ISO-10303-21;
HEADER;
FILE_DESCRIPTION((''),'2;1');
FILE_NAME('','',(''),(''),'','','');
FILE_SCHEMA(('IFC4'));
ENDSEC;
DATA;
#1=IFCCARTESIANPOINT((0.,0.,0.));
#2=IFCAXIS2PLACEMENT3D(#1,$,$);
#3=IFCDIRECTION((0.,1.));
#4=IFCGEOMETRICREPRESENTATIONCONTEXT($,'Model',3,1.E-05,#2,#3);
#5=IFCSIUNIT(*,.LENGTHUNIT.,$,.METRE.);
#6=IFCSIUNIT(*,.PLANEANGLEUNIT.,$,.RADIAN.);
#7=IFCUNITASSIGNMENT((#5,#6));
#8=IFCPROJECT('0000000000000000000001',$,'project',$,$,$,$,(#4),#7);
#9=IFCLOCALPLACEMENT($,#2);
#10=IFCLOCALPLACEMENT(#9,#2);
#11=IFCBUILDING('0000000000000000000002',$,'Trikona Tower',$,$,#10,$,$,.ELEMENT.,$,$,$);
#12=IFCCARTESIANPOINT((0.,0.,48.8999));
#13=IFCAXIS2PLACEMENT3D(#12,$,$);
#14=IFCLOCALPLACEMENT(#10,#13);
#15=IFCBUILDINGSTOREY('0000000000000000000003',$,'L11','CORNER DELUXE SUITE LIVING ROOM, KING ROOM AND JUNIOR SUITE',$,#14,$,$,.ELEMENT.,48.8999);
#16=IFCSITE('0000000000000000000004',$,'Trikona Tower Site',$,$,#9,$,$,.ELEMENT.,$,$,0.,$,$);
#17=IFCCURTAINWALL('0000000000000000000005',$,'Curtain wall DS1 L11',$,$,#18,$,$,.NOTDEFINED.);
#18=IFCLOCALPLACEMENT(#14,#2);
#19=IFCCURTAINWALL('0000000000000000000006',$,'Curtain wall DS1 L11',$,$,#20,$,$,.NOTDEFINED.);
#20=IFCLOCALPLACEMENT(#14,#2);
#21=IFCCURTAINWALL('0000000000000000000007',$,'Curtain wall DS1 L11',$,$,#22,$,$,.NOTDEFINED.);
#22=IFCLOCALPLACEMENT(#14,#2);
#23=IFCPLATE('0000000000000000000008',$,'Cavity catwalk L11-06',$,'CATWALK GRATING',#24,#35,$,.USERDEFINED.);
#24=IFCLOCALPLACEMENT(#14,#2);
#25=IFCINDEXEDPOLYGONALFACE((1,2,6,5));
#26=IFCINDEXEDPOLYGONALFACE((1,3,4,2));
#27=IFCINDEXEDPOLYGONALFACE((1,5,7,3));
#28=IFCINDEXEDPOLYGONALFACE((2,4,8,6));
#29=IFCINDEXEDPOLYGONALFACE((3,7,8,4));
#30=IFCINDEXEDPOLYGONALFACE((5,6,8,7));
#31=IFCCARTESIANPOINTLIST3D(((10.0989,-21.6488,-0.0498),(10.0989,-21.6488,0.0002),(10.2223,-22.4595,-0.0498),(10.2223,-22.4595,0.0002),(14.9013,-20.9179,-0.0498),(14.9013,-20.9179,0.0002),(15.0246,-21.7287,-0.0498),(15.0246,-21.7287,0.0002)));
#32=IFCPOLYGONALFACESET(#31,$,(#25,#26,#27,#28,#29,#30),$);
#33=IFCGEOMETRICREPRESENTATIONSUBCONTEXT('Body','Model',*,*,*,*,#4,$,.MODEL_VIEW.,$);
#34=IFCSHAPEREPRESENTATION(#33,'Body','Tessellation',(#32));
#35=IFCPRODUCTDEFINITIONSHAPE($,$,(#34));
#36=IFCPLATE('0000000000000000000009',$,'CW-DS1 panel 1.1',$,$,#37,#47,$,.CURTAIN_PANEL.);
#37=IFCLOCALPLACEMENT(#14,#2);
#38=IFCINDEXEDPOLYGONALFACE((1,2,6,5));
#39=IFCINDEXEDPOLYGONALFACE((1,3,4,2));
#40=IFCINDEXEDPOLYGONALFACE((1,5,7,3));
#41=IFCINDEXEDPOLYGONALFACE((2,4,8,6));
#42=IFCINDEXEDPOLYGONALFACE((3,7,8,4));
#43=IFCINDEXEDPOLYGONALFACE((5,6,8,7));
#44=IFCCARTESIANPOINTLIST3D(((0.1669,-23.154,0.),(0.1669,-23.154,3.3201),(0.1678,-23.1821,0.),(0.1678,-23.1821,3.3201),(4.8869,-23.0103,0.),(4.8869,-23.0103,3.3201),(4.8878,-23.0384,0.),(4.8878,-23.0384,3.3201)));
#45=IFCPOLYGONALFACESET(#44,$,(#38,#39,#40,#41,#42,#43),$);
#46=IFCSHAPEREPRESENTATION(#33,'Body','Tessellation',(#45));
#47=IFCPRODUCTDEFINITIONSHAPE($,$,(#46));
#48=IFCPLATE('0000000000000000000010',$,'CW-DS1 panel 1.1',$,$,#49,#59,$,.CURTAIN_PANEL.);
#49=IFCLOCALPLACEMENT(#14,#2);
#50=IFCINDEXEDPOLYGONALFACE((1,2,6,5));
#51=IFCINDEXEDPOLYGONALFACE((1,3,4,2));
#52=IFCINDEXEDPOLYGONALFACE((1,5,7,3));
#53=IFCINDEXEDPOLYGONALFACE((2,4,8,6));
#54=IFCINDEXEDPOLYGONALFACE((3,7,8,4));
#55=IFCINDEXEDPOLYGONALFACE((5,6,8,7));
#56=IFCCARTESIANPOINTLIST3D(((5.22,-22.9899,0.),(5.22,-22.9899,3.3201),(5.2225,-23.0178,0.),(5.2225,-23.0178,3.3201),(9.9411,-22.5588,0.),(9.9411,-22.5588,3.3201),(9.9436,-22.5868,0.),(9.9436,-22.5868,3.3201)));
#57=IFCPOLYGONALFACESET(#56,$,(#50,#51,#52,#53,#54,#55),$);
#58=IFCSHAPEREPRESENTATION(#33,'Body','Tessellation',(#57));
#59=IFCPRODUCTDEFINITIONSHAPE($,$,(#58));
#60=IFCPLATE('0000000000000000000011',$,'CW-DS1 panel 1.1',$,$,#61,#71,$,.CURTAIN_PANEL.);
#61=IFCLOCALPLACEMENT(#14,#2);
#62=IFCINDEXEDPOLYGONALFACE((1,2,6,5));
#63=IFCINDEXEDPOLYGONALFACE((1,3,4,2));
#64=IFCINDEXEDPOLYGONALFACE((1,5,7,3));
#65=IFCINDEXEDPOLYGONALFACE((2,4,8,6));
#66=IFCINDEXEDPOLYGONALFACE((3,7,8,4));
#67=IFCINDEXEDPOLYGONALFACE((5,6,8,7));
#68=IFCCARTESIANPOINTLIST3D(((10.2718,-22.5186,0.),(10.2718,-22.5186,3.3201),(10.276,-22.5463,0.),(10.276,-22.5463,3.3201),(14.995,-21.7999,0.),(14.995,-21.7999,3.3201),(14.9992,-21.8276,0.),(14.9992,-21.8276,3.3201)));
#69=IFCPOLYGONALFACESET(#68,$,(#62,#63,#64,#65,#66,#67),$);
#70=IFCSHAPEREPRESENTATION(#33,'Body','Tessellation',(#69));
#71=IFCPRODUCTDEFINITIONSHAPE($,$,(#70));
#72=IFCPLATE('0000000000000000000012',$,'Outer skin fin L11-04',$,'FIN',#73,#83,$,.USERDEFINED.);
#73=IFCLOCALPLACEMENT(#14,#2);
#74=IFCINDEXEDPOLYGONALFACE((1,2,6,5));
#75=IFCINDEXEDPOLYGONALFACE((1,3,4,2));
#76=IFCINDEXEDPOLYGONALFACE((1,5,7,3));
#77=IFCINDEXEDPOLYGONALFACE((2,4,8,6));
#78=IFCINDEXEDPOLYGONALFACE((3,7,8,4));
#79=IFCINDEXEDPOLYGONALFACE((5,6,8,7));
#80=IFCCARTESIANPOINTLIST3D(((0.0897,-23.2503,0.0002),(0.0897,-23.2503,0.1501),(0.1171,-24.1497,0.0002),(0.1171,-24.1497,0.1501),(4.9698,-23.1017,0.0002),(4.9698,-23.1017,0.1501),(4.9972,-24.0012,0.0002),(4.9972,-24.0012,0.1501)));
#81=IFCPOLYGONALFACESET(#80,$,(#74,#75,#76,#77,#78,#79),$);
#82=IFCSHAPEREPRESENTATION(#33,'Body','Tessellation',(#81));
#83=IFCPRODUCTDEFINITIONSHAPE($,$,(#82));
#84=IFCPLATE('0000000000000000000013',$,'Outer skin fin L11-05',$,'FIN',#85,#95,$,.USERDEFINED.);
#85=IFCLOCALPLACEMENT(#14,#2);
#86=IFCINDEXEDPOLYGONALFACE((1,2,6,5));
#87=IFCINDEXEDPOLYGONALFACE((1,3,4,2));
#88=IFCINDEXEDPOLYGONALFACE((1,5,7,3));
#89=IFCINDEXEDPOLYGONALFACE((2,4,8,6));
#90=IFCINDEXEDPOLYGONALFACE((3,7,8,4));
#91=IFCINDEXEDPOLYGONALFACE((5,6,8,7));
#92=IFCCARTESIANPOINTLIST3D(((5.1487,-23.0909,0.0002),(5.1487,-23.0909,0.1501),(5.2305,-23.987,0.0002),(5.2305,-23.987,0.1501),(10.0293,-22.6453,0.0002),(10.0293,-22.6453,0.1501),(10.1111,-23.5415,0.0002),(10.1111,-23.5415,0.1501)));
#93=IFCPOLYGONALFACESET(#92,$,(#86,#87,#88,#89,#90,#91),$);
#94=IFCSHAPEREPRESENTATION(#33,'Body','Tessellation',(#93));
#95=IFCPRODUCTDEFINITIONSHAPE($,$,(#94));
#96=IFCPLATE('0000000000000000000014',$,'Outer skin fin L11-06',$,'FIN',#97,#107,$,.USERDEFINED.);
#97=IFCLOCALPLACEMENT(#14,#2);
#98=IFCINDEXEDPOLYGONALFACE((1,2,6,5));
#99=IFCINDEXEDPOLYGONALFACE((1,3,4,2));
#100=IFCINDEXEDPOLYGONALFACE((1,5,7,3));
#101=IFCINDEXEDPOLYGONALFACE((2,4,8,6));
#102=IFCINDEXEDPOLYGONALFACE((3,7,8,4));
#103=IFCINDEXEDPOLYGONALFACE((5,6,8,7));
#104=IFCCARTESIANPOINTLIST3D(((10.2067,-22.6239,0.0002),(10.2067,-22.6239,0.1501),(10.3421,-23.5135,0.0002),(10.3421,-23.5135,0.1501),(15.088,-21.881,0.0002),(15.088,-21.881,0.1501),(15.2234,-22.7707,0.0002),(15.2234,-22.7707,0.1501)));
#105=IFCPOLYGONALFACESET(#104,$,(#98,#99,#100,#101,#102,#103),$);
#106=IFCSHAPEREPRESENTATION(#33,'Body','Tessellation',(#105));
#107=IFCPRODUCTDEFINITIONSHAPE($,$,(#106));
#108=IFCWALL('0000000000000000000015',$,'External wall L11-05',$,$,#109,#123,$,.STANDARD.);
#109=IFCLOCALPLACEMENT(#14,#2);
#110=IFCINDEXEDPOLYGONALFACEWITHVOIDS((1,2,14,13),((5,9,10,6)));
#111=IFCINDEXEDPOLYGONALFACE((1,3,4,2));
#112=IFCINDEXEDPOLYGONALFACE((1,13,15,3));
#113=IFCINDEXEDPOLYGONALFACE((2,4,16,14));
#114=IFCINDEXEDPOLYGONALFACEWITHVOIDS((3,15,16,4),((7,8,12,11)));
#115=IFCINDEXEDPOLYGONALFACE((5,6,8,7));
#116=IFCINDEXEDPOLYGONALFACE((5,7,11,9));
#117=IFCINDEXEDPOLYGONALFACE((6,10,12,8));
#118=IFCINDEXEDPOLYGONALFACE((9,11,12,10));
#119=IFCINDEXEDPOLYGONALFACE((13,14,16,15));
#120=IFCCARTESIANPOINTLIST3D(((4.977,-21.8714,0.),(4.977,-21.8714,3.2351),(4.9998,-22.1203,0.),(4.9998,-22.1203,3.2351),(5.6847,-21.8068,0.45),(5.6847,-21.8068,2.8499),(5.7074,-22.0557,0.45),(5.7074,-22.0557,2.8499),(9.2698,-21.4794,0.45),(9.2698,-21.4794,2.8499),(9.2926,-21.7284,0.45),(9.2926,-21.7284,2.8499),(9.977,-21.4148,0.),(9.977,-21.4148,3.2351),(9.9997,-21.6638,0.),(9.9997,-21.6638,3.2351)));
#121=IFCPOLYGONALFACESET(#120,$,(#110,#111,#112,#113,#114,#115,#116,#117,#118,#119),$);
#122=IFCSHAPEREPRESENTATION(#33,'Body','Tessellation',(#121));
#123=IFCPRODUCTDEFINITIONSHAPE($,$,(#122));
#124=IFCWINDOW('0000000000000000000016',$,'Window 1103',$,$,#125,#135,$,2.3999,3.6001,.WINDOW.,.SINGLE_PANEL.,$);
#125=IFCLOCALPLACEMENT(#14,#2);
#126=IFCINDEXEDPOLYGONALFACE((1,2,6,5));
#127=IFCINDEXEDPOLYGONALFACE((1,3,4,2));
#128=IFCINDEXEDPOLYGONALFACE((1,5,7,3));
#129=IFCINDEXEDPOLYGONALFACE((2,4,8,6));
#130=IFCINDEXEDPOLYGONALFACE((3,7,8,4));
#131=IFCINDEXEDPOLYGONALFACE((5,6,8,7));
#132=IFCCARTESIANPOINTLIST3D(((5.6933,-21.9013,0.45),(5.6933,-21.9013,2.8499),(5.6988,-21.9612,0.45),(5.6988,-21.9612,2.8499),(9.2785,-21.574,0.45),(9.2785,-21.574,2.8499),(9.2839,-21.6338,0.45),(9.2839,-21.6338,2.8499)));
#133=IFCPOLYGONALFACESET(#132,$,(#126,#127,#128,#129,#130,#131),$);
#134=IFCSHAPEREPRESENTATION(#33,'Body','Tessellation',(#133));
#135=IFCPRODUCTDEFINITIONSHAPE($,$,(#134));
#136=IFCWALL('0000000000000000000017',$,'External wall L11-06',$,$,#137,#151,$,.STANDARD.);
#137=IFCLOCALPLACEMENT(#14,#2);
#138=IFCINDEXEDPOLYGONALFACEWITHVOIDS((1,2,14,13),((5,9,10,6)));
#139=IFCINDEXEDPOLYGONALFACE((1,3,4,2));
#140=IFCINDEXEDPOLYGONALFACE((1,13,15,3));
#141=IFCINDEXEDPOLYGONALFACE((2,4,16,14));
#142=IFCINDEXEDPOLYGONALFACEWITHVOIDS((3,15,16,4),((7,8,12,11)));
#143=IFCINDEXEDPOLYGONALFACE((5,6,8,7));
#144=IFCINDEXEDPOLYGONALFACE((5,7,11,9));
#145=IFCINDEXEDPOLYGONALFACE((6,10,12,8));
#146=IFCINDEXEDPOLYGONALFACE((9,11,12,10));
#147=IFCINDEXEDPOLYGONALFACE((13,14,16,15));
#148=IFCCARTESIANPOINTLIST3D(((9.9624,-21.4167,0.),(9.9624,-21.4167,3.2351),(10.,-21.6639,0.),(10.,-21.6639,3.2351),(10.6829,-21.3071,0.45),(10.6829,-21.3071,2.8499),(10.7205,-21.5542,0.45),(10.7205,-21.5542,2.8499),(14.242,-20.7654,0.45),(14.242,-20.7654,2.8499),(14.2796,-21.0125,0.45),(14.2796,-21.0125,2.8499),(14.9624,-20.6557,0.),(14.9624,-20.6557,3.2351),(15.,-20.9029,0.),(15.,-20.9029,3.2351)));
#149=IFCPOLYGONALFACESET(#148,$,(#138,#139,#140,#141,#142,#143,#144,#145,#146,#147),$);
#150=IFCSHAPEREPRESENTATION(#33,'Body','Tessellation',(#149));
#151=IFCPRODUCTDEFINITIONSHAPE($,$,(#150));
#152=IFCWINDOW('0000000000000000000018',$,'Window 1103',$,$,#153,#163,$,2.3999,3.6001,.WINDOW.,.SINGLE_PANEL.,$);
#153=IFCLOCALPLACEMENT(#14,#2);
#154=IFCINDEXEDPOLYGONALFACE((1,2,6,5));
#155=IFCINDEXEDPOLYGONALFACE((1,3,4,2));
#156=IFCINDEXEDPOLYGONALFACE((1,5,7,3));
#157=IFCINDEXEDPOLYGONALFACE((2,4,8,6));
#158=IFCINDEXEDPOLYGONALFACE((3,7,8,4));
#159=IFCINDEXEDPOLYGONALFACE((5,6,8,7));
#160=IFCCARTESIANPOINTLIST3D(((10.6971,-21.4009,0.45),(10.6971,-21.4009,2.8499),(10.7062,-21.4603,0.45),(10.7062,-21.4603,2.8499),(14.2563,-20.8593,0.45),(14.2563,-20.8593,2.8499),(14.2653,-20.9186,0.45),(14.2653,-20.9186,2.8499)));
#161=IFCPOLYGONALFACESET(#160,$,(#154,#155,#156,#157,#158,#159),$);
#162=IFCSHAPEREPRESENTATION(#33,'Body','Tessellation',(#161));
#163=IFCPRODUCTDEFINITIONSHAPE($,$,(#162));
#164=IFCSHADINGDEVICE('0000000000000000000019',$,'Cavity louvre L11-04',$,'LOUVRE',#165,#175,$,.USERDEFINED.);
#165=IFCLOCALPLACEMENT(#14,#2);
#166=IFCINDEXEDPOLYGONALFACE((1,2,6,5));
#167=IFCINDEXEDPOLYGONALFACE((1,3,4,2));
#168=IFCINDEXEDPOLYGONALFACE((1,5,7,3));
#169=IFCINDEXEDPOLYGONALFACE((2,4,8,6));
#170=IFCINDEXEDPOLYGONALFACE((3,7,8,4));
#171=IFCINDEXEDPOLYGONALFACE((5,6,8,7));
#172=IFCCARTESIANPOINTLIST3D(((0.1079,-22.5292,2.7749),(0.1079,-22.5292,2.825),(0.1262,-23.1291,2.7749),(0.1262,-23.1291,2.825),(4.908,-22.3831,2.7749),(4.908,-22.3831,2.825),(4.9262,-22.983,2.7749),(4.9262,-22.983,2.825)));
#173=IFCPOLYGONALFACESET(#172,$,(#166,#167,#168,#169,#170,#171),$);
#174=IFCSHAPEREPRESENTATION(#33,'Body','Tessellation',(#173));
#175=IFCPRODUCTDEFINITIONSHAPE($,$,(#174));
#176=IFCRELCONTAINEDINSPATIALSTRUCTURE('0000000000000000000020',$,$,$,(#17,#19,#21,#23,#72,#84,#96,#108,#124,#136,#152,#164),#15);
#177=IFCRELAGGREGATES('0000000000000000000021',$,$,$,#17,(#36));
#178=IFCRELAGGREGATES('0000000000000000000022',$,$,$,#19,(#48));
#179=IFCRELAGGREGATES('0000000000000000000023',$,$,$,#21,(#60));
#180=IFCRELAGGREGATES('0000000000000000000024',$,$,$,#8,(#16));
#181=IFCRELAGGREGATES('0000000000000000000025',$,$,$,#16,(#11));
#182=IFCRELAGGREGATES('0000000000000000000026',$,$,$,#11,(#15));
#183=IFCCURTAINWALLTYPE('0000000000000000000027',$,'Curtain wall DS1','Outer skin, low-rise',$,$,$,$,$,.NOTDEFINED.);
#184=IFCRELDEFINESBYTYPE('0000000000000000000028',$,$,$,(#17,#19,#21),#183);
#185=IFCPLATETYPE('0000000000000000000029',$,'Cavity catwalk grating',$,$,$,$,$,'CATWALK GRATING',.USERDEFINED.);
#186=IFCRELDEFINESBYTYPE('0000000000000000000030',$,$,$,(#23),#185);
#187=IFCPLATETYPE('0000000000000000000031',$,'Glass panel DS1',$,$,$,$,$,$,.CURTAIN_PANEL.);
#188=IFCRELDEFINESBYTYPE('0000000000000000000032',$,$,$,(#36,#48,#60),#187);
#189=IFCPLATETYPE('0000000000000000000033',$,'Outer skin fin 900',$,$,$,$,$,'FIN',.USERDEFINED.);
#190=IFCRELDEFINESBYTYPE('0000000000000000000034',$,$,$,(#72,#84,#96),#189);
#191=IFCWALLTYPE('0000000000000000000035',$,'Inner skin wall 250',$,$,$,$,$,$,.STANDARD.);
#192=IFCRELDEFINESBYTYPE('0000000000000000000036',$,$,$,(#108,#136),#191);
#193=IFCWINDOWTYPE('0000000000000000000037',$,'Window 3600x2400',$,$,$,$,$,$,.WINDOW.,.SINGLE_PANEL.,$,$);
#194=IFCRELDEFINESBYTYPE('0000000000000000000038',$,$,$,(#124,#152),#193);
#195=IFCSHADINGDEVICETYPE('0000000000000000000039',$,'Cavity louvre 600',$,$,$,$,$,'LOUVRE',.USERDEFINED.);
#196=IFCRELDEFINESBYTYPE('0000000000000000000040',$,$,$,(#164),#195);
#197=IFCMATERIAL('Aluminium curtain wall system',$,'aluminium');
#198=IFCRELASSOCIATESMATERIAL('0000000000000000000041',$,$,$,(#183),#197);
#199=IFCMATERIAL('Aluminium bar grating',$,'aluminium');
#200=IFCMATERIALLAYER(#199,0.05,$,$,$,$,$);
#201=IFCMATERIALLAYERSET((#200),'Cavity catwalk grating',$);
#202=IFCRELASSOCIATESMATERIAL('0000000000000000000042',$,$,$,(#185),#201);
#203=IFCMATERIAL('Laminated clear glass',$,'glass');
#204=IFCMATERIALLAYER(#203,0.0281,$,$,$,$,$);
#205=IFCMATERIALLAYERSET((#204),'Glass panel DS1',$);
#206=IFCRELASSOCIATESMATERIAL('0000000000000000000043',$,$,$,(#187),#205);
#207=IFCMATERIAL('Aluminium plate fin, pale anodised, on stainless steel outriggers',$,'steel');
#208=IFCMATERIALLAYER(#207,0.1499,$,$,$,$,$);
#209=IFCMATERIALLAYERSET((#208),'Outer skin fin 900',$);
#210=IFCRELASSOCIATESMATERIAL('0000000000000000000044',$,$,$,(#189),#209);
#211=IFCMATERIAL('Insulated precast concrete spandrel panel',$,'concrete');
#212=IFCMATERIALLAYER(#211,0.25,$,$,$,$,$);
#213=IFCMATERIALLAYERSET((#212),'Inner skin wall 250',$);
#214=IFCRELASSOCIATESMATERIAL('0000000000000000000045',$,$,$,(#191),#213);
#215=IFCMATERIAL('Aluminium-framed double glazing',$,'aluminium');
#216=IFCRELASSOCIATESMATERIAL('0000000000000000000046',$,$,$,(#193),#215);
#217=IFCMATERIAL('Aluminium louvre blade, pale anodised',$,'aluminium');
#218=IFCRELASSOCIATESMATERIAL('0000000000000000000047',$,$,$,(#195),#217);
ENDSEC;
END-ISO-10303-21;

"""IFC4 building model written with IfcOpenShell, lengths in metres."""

from ifc_helpers import new_model, si_unit, direction, frame, frame_2d, origin, origin_2d, place, context, subcontext, project, spatial, rectangle, extrude, material, layer, layer_set, type_object, element, fill, aggregate, save


model = new_model("IFC4")

# Units and contexts
model_context = context("Model", 3, precision=1e-05, world=origin(), true_north=direction((0.0, 1.0)))
body_context = subcontext(model_context, "Body", "Model", "MODEL_VIEW")
ifc_project = project(units=[si_unit("LENGTHUNIT", "METRE"), si_unit("PLANEANGLEUNIT", "RADIAN")], contexts=[model_context])

# Site, building, storey
site_placement = place(None, origin())
site = spatial("IfcSite", under=ifc_project, at=site_placement, Name="Trikona Tower Site", CompositionType="ELEMENT", RefElevation=0.0)
building_placement = place(site_placement, origin())
building = spatial("IfcBuilding", under=site, at=building_placement, Name="Trikona Tower", CompositionType="ELEMENT")
storey_placement = place(building_placement, frame((0.0, 0.0, 48.8999)))
storey = spatial("IfcBuildingStorey", under=building, at=storey_placement, Name="L11", Description="CORNER DELUXE SUITE LIVING ROOM, KING ROOM AND JUNIOR SUITE", CompositionType="ELEMENT", Elevation=48.8999)

# Curtain walls
ifc_material_1 = material(Name="Aluminium curtain wall system", Category="aluminium")
curtain_wall_type = type_object("IfcCurtainWallType", Name="Curtain wall DS1", Description="Outer skin, low-rise", PredefinedType="NOTDEFINED", material=ifc_material_1)
curtain_wall_1_placement = place(storey_placement, origin())
curtain_wall_1 = element("IfcCurtainWall", 1, at=curtain_wall_1_placement, inside=storey, type_object=curtain_wall_type, Name="Curtain wall DS1 L11", PredefinedType="NOTDEFINED")
curtain_wall_2_placement = place(storey_placement, origin())
curtain_wall_2 = element("IfcCurtainWall", 2, at=curtain_wall_2_placement, inside=storey, type_object=curtain_wall_type, Name="Curtain wall DS1 L11", PredefinedType="NOTDEFINED")

# Curtain wall
curtain_wall_3_placement = place(storey_placement, origin())
curtain_wall_3 = element("IfcCurtainWall", 3, at=curtain_wall_3_placement, inside=storey, type_object=curtain_wall_type, Name="Curtain wall DS1 L11", PredefinedType="NOTDEFINED")

# Plate
ifc_material_2 = material(Name="Aluminium bar grating", Category="aluminium")
ifc_layer_1 = layer(ifc_material_2, 0.05)
ifc_layer_set_1 = layer_set([ifc_layer_1], Name="Cavity catwalk grating")
plate_type_1 = type_object("IfcPlateType", Name="Cavity catwalk grating", ElementType="CATWALK GRATING", PredefinedType="USERDEFINED", material=ifc_layer_set_1)
plate_1_placement = place(storey_placement, frame((12.5618, -21.6887, -0.0498), z_axis=(0.0, 0.0, 1.0), x_axis=(0.988618, 0.150448, 0.0)))
element("IfcPlate", 4, at=plate_1_placement, inside=storey, type_object=plate_type_1, Name="Cavity catwalk L11-06", ObjectType="CATWALK GRATING", PredefinedType="USERDEFINED", context=body_context, shape_type="SweptSolid", body=[
    extrude(rectangle(XDim=4.8577, YDim=0.8201, at=origin_2d()), origin(), (0.0, 0.0, 1.0), 0.05),
])

# Plates
ifc_material_3 = material(Name="Laminated clear glass", Category="glass")
ifc_layer_2 = layer(ifc_material_3, 0.0281)
ifc_layer_set_2 = layer_set([ifc_layer_2], Name="Glass panel DS1")
plate_type_2 = type_object("IfcPlateType", Name="Glass panel DS1", PredefinedType="CURTAIN_PANEL", material=ifc_layer_set_2)
plate_2_placement = place(storey_placement, frame((2.5273, -23.0962, 0.0), z_axis=(0.0, 0.0, 1.0), x_axis=(0.999537, 0.030437, 0.0)))
plate_2 = element("IfcPlate", 5, at=plate_2_placement, type_object=plate_type_2, Name="CW-DS1 panel 1.1", PredefinedType="CURTAIN_PANEL", context=body_context, shape_type="SweptSolid", body=[
    extrude(rectangle(XDim=4.7222, YDim=0.0281, at=origin_2d()), origin(), (0.0, 0.0, 1.0), 3.3201),
])
aggregate(curtain_wall_1, [plate_2])
plate_3_placement = place(storey_placement, frame((7.5818, -22.7883, 0.0), z_axis=(0.0, 0.0, 1.0), x_axis=(0.995858, 0.090924, 0.0)))
plate_3 = element("IfcPlate", 6, at=plate_3_placement, type_object=plate_type_2, Name="CW-DS1 panel 1.1", PredefinedType="CURTAIN_PANEL", context=body_context, shape_type="SweptSolid", body=[
    extrude(rectangle(XDim=4.7407, YDim=0.0281, at=origin_2d()), origin(), (0.0, 0.0, 1.0), 3.3201),
])
aggregate(curtain_wall_2, [plate_3])
plate_4_placement = place(storey_placement, frame((12.6355, -22.1731, 0.0), z_axis=(0.0, 0.0, 1.0), x_axis=(0.988619, 0.150438, 0.0)))
plate_4 = element("IfcPlate", 7, at=plate_4_placement, type_object=plate_type_2, Name="CW-DS1 panel 1.1", PredefinedType="CURTAIN_PANEL", context=body_context, shape_type="SweptSolid", body=[
    extrude(rectangle(XDim=4.7776, YDim=0.0281, at=origin_2d()), origin(), (0.0, 0.0, 1.0), 3.3201),
])
aggregate(curtain_wall_3, [plate_4])

# Plates
ifc_material_4 = material(Name="Aluminium plate fin, pale anodised, on stainless steel outriggers", Category="steel")
ifc_layer_3 = layer(ifc_material_4, 0.1499)
ifc_layer_set_3 = layer_set([ifc_layer_3], Name="Outer skin fin 900")
plate_type_3 = type_object("IfcPlateType", Name="Outer skin fin 900", ElementType="FIN", PredefinedType="USERDEFINED", material=ifc_layer_set_3)
plate_5_placement = place(storey_placement, frame((2.5435, -23.6257, 0.0002), z_axis=(0.0, 0.0, 1.0), x_axis=(0.999537, 0.030425, 0.0)))
element("IfcPlate", 8, at=plate_5_placement, inside=storey, type_object=plate_type_3, Name="Outer skin fin L11-04", ObjectType="FIN", PredefinedType="USERDEFINED", context=body_context, shape_type="SweptSolid", body=[
    extrude(rectangle(XDim=4.8823, YDim=0.8999, at=origin_2d()), origin(), (0.0, 0.0, 1.0), 0.1499),
])
plate_6_placement = place(storey_placement, frame((7.6299, -23.3162, 0.0002), z_axis=(0.0, 0.0, 1.0), x_axis=(0.995858, 0.090921, 0.0)))
element("IfcPlate", 9, at=plate_6_placement, inside=storey, type_object=plate_type_3, Name="Outer skin fin L11-05", ObjectType="FIN", PredefinedType="USERDEFINED", context=body_context, shape_type="SweptSolid", body=[
    extrude(rectangle(XDim=4.9009, YDim=0.8999, at=origin_2d()), origin(), (0.0, 0.0, 1.0), 0.1499),
])
plate_7_placement = place(storey_placement, frame((12.7151, -22.6973, 0.0002), z_axis=(0.0, 0.0, 1.0), x_axis=(0.988618, 0.150448, 0.0)))
element("IfcPlate", 10, at=plate_7_placement, inside=storey, type_object=plate_type_3, Name="Outer skin fin L11-06", ObjectType="FIN", PredefinedType="USERDEFINED", context=body_context, shape_type="SweptSolid", body=[
    extrude(rectangle(XDim=4.9375, YDim=0.8999, at=origin_2d()), origin(), (0.0, 0.0, 1.0), 0.1499),
])

# Walls, openings, windows
ifc_material_5 = material(Name="Insulated precast concrete spandrel panel", Category="concrete")
ifc_layer_4 = layer(ifc_material_5, 0.25)
ifc_layer_set_4 = layer_set([ifc_layer_4], Name="Inner skin wall 250")
wall_type = type_object("IfcWallType", Name="Inner skin wall 250", PredefinedType="STANDARD", material=ifc_layer_set_4)
wall_1_placement = place(storey_placement, frame((4.9885, -21.9958, 0.0), z_axis=(0.0, 0.0, 1.0), x_axis=(0.995857, 0.09093, 0.0)))
wall_1 = element("IfcWall", 11, at=wall_1_placement, inside=storey, type_object=wall_type, Name="External wall L11-05", PredefinedType="STANDARD", context=body_context, shape_type="SweptSolid", body=[
    extrude(rectangle(XDim=5.0208, YDim=0.25, at=frame_2d((2.5103, 0.0))), origin(), (0.0, 0.0, 1.0), 3.2351),
])
opening_1_placement = place(wall_1_placement, frame((0.7104, 0.0, 0.45)))
opening_1 = element("IfcOpeningElement", 12, at=opening_1_placement, cuts=wall_1, PredefinedType="OPENING", context=body_context, shape_type="SweptSolid", body=[
    extrude(rectangle(XDim=3.6001, YDim=2.3999, at=frame_2d((1.8, 1.2))), frame((0.0, 0.135, 0.0), z_axis=(0.0, -1.0, 0.0), x_axis=(1.0, 0.0, 0.0)), (0.0, 0.0, 1.0), 0.27),
])
ifc_material_6 = material(Name="Aluminium-framed double glazing", Category="aluminium")
window_type = type_object("IfcWindowType", Name="Window 3600x2400", PartitioningType="SINGLE_PANEL", PredefinedType="WINDOW", material=ifc_material_6)
window_1_placement = place(opening_1_placement, origin())
window_1 = element("IfcWindow", 13, at=window_1_placement, inside=storey, type_object=window_type, Name="Window 1103", OverallHeight=2.3999, OverallWidth=3.6001, PartitioningType="SINGLE_PANEL", PredefinedType="WINDOW", context=body_context, shape_type="SweptSolid", body=[
    extrude(rectangle(XDim=3.6001, YDim=2.3999, at=frame_2d((1.8, 1.2))), frame((0.0, 0.03, 0.0), z_axis=(0.0, -1.0, 0.0), x_axis=(1.0, 0.0, 0.0)), (0.0, 0.0, 1.0), 0.0601),
])
fill(opening_1, window_1)
wall_2_placement = place(storey_placement, frame((9.9812, -21.5403, 0.0), z_axis=(0.0, 0.0, 1.0), x_axis=(0.988615, 0.150465, 0.0)))
wall_2 = element("IfcWall", 14, at=wall_2_placement, inside=storey, type_object=wall_type, Name="External wall L11-06", PredefinedType="STANDARD", context=body_context, shape_type="SweptSolid", body=[
    extrude(rectangle(XDim=5.0576, YDim=0.25, at=frame_2d((2.5288, 0.0))), origin(), (0.0, 0.0, 1.0), 3.2351),
])
opening_2_placement = place(wall_2_placement, frame((0.7288, 0.0, 0.45)))
opening_2 = element("IfcOpeningElement", 15, at=opening_2_placement, cuts=wall_2, PredefinedType="OPENING", context=body_context, shape_type="SweptSolid", body=[
    extrude(rectangle(XDim=3.6001, YDim=2.3999, at=frame_2d((1.8, 1.2))), frame((0.0, 0.135, 0.0), z_axis=(0.0, -1.0, 0.0), x_axis=(1.0, 0.0, 0.0)), (0.0, 0.0, 1.0), 0.27),
])
window_2_placement = place(opening_2_placement, origin())
window_2 = element("IfcWindow", 16, at=window_2_placement, inside=storey, type_object=window_type, Name="Window 1103", OverallHeight=2.3999, OverallWidth=3.6001, PartitioningType="SINGLE_PANEL", PredefinedType="WINDOW", context=body_context, shape_type="SweptSolid", body=[
    extrude(rectangle(XDim=3.6001, YDim=2.3999, at=frame_2d((1.8, 1.2))), frame((0.0, 0.03, 0.0), z_axis=(0.0, -1.0, 0.0), x_axis=(1.0, 0.0, 0.0)), (0.0, 0.0, 1.0), 0.0601),
])
fill(opening_2, window_2)

# Shading device
ifc_material_7 = material(Name="Aluminium louvre blade, pale anodised", Category="aluminium")
shading_device_type = type_object("IfcShadingDeviceType", Name="Cavity louvre 600", ElementType="LOUVRE", PredefinedType="USERDEFINED", material=ifc_material_7)
shading_device_1_placement = place(storey_placement, frame((2.5171, -22.7561, 2.7749), z_axis=(0.0, 0.0, 1.0), x_axis=(0.999537, 0.030425, 0.0)))
element("IfcShadingDevice", 17, at=shading_device_1_placement, inside=storey, type_object=shading_device_type, Name="Cavity louvre L11-04", ObjectType="LOUVRE", PredefinedType="USERDEFINED", context=body_context, shape_type="SweptSolid", body=[
    extrude(rectangle(XDim=4.8022, YDim=0.6001, at=origin_2d()), origin(), (0.0, 0.0, 1.0), 0.05),
])

save(model, "model.ifc")
